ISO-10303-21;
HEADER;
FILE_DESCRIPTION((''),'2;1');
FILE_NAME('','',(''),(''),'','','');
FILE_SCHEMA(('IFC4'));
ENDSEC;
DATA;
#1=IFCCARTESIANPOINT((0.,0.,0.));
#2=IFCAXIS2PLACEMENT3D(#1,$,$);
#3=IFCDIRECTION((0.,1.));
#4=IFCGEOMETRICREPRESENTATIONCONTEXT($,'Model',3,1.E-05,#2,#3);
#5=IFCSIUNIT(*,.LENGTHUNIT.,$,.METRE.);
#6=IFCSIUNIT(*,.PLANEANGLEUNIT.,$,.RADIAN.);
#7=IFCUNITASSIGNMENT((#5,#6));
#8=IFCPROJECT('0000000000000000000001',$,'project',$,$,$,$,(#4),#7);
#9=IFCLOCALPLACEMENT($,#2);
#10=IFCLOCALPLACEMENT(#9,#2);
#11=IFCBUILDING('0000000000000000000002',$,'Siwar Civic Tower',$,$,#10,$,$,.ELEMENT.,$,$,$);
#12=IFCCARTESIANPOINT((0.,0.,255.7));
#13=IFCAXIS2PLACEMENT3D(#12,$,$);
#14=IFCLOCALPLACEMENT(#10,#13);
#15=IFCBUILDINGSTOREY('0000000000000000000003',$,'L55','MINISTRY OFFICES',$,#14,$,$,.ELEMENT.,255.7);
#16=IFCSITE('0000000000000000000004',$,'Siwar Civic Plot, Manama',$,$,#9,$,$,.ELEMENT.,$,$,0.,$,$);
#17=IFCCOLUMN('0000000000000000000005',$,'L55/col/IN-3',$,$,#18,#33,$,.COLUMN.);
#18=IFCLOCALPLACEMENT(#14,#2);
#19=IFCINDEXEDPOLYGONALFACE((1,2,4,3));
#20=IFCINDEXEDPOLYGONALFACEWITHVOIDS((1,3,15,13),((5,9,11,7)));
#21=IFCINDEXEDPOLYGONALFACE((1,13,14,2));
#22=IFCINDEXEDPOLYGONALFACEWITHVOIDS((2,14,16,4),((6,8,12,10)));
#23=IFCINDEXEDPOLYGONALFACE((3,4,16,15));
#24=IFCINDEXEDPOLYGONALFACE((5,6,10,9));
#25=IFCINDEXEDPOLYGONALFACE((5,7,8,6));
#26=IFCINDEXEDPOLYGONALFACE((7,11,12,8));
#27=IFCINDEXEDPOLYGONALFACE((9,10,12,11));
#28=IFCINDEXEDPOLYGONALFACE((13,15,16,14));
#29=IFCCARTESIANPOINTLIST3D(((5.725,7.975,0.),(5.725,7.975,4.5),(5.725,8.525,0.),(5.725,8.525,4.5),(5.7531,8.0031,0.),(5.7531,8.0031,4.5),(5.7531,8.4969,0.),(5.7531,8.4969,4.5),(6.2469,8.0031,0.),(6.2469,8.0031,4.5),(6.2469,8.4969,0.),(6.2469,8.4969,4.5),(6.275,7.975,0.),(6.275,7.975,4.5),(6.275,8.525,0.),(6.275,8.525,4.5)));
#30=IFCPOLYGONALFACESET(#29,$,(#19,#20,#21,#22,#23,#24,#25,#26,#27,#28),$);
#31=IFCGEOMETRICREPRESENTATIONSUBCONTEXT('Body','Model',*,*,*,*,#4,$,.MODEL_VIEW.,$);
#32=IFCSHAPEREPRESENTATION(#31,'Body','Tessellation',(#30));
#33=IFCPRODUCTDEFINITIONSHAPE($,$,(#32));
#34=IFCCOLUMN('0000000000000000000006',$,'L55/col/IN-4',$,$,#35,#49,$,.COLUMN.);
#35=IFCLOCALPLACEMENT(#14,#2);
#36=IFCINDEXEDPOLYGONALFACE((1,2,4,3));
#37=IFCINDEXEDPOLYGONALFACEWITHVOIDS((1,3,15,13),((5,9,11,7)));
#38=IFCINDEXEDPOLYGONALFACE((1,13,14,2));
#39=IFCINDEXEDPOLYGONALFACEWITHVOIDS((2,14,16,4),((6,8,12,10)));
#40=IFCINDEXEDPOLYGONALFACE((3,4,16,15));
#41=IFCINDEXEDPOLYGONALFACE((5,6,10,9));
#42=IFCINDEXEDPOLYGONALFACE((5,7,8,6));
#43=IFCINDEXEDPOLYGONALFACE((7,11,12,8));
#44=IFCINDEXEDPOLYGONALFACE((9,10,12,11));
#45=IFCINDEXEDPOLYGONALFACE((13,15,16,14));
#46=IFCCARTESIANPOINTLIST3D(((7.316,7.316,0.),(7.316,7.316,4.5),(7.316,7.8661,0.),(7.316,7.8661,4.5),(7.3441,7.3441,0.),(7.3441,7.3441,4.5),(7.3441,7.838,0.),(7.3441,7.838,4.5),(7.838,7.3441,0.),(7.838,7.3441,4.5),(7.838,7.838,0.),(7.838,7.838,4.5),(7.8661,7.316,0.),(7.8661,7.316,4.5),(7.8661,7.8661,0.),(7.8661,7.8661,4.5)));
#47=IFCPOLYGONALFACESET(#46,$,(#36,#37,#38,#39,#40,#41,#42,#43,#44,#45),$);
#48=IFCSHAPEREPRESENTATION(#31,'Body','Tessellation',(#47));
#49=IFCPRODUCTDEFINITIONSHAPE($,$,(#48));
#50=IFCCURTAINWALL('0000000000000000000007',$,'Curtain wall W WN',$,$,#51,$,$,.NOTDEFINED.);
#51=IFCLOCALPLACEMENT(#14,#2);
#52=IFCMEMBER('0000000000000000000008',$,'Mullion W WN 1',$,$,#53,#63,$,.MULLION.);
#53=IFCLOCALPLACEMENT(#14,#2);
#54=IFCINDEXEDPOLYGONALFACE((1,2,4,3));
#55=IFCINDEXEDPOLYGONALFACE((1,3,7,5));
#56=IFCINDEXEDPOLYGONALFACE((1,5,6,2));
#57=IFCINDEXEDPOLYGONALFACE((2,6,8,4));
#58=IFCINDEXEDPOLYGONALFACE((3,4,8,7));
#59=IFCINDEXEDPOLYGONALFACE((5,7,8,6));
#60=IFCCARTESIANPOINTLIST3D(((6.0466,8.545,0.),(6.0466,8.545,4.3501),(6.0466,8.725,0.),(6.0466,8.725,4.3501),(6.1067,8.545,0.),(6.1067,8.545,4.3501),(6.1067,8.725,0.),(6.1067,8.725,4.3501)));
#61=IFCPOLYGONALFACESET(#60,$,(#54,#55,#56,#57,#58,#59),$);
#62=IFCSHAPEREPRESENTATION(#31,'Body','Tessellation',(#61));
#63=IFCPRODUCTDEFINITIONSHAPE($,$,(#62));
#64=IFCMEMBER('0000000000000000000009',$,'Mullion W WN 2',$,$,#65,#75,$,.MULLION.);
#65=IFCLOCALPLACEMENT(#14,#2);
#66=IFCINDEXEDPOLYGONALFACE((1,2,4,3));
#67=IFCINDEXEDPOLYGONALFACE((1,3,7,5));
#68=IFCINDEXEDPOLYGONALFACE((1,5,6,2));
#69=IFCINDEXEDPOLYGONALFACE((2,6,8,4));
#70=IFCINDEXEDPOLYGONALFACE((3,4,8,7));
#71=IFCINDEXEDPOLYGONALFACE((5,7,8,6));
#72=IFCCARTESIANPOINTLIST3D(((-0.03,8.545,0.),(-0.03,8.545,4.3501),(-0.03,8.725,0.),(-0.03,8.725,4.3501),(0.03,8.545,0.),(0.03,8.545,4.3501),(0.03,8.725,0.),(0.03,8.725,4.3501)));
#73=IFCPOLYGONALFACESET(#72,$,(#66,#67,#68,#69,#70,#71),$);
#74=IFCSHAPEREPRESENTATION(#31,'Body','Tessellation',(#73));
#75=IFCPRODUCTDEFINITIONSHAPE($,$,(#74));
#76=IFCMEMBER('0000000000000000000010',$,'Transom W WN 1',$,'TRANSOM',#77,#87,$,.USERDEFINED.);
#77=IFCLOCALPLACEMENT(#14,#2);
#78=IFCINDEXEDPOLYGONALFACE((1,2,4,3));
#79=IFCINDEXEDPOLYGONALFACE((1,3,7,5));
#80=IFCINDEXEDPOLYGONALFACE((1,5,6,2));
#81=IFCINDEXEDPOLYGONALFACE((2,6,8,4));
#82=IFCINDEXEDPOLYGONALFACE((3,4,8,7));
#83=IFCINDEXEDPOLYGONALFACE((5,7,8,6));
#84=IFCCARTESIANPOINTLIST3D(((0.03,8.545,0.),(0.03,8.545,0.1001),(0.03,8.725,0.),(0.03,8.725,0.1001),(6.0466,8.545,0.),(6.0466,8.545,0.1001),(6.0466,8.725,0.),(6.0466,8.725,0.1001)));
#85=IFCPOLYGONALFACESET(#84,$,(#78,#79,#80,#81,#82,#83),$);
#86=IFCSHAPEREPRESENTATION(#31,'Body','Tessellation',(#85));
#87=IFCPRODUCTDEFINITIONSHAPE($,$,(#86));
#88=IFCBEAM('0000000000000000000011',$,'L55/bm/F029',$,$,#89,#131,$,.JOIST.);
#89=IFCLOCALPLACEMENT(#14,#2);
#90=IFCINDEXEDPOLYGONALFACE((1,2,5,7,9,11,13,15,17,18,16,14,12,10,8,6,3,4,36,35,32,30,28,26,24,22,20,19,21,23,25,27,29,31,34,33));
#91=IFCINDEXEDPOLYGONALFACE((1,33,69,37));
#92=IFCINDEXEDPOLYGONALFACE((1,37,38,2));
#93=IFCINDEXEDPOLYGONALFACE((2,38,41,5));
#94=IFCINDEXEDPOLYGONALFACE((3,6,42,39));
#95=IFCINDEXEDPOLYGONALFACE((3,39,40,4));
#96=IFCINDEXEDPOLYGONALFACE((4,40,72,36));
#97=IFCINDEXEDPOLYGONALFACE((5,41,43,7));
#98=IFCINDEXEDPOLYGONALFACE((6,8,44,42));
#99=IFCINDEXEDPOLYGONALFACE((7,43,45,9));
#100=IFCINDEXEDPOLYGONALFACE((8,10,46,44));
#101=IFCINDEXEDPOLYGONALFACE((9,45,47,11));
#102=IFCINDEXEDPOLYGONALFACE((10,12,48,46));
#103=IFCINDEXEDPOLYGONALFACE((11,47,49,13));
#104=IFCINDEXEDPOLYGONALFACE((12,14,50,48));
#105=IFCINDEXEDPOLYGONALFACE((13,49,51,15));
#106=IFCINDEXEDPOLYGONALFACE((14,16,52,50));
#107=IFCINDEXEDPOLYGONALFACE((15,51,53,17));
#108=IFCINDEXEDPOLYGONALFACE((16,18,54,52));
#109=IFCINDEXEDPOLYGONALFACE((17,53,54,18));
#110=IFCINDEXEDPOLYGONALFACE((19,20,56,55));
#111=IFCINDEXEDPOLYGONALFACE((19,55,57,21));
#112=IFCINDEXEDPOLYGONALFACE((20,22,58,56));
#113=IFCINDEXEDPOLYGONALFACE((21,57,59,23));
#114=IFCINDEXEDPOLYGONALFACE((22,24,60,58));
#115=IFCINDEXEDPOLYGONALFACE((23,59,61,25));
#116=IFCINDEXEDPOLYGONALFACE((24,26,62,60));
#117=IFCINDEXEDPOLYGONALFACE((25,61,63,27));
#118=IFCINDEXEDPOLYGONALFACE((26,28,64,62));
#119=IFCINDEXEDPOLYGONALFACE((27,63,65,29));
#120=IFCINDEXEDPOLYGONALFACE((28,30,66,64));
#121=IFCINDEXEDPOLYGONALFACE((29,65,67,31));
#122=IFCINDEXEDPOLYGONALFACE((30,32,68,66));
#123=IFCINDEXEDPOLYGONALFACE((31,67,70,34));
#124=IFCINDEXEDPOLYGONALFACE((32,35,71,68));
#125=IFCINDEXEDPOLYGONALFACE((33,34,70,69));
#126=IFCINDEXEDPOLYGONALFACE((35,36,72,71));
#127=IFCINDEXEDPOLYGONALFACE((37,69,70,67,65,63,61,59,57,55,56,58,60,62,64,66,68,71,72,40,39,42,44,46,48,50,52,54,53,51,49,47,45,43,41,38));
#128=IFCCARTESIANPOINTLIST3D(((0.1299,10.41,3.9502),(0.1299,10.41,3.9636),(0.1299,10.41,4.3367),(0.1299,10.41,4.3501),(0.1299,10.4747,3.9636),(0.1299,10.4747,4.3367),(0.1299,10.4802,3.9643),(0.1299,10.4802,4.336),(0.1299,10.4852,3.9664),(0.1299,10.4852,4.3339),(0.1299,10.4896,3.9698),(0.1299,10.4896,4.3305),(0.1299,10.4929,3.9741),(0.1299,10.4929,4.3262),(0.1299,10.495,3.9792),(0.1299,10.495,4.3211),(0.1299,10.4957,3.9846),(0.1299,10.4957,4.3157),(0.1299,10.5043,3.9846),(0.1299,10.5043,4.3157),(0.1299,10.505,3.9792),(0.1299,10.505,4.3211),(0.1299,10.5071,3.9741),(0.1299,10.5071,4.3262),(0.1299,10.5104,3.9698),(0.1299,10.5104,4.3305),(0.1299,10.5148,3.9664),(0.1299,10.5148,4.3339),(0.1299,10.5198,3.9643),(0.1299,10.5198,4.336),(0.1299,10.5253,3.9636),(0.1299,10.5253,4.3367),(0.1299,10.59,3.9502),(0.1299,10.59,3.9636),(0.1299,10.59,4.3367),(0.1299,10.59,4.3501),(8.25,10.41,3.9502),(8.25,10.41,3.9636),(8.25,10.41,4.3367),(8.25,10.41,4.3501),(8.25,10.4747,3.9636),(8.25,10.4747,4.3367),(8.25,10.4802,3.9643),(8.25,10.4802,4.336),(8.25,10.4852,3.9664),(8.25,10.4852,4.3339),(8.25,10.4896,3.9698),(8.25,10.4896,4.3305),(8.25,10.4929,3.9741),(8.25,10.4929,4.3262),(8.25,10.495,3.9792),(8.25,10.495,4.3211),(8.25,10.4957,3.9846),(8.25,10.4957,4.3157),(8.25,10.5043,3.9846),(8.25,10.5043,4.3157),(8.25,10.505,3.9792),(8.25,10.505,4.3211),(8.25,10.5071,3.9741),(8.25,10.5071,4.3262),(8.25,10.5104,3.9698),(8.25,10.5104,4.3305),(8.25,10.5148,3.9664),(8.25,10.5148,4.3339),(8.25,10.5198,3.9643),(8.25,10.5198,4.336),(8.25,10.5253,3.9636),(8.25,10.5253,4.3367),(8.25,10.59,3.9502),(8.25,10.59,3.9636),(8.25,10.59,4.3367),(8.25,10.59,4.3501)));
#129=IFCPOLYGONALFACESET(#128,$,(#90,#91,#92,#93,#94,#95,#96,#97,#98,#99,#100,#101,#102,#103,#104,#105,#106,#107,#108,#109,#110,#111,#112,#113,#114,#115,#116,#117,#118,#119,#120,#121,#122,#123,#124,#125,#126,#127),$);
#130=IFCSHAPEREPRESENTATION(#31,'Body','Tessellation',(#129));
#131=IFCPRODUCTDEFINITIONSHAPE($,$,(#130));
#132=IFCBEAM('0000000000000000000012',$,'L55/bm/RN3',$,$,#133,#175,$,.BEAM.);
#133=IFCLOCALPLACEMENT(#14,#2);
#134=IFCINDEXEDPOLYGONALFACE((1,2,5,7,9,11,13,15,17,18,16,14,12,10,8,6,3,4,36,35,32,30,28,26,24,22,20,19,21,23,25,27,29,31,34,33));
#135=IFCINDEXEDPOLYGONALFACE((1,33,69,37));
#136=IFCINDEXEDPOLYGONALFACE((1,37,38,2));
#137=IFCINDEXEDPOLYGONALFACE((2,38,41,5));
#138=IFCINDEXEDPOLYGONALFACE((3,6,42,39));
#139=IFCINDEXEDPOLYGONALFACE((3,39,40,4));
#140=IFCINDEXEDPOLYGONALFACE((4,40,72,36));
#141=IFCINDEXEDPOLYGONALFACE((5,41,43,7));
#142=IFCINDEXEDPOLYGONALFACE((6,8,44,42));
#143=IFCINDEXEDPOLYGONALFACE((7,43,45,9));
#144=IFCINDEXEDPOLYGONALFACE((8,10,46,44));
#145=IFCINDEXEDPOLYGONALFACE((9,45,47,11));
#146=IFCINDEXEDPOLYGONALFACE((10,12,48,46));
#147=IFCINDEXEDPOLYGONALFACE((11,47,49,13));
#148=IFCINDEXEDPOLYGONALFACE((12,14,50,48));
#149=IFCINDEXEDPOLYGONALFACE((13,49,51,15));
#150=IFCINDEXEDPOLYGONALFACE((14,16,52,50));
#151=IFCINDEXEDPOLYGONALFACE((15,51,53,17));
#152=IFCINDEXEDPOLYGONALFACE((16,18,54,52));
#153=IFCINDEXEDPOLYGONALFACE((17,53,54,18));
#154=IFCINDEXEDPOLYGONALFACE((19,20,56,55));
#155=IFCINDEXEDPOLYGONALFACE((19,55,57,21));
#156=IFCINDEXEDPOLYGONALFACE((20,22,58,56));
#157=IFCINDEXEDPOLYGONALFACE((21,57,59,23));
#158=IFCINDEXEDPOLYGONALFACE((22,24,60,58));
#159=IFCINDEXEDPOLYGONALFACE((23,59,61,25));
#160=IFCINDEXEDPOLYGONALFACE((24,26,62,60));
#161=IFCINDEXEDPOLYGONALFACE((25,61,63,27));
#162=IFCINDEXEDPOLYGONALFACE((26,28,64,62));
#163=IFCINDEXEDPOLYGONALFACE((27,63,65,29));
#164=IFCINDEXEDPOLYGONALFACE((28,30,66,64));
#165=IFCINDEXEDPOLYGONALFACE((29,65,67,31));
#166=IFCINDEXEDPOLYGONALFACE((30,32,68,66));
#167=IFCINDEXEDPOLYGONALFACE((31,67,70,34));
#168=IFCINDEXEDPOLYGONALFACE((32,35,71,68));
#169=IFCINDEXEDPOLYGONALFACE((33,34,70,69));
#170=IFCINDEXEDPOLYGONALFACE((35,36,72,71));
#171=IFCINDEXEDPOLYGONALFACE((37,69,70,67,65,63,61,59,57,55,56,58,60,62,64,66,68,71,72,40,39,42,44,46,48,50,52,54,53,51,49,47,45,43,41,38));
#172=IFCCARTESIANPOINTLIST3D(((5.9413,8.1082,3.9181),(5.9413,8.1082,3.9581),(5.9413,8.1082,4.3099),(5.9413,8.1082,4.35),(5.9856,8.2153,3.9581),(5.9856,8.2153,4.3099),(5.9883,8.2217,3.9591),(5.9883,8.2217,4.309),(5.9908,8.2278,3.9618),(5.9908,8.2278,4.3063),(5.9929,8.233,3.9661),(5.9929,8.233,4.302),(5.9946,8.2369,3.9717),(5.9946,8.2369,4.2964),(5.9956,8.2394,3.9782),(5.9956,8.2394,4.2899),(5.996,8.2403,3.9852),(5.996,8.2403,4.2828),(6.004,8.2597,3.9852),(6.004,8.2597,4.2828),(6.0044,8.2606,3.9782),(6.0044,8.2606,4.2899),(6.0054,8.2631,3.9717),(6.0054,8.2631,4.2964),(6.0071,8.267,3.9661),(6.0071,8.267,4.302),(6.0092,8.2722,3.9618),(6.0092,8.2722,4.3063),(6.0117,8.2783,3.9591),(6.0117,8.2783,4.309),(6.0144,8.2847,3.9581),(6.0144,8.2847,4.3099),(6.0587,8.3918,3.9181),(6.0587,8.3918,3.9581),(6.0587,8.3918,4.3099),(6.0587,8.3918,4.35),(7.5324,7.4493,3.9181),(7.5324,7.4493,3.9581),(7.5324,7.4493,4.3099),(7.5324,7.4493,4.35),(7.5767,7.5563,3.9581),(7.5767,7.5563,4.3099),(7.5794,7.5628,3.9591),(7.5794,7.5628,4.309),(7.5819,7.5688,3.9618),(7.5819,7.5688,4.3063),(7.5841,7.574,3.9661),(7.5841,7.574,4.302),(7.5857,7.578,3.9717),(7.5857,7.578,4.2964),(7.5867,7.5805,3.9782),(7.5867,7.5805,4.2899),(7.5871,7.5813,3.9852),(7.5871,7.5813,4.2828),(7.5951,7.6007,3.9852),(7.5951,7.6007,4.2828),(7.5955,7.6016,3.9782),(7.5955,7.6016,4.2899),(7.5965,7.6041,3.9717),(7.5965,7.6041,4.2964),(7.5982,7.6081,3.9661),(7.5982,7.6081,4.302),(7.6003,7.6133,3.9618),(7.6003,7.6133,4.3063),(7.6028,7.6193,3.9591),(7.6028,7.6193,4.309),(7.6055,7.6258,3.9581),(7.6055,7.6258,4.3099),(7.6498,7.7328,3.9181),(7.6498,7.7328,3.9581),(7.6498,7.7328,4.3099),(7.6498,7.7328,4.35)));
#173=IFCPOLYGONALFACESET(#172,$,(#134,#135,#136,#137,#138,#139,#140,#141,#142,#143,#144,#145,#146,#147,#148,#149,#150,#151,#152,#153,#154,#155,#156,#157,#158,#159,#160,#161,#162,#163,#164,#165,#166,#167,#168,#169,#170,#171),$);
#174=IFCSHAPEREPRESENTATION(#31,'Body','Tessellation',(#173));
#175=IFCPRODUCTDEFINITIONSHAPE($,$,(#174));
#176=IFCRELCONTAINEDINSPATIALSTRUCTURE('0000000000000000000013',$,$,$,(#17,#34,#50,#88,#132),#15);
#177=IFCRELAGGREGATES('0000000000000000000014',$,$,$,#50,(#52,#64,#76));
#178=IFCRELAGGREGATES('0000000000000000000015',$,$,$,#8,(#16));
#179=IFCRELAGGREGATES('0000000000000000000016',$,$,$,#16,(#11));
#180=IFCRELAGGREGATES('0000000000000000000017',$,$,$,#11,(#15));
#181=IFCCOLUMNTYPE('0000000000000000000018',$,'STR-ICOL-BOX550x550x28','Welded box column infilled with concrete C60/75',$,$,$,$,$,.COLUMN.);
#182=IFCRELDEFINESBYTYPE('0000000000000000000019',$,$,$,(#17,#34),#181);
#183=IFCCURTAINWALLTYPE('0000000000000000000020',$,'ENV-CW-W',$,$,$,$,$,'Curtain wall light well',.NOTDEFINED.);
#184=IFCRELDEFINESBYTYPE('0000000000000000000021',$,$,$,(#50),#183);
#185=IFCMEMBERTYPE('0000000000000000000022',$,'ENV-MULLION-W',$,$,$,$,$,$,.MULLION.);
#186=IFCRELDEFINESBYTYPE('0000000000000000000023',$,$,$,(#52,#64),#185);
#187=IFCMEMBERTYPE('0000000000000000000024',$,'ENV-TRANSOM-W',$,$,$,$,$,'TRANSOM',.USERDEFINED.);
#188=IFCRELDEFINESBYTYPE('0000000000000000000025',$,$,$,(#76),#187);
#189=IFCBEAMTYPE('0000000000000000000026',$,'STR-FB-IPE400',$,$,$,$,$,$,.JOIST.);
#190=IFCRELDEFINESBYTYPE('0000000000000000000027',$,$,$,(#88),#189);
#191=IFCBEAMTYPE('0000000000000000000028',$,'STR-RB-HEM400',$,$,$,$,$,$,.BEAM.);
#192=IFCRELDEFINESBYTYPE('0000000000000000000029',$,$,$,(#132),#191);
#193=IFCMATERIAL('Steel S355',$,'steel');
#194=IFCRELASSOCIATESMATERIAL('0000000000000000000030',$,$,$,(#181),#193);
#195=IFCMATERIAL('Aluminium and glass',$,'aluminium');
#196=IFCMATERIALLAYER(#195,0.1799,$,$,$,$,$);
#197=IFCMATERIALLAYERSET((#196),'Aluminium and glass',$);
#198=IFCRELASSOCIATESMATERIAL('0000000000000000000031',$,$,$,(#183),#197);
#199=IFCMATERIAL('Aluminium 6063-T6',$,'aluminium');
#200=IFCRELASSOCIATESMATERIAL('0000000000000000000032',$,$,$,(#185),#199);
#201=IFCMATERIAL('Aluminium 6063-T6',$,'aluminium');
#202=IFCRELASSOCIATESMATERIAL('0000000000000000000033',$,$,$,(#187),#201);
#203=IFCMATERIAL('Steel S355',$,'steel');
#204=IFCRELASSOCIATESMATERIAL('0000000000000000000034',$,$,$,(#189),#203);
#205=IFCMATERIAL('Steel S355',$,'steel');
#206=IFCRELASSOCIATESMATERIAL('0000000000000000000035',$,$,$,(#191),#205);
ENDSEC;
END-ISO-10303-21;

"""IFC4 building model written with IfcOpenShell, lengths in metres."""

from ifc_helpers import new_model, si_unit, direction, frame, origin, origin_2d, place, context, subcontext, project, spatial, rectangle, hollow_rectangle, i_section, extrude, material, layer, layer_set, material_profile, profile_set, type_object, element, aggregate, save


model = new_model("IFC4")

# Units and contexts
model_context = context("Model", 3, precision=1e-05, world=origin(), true_north=direction((0.0, 1.0)))
body_context = subcontext(model_context, "Body", "Model", "MODEL_VIEW")
ifc_project = project(units=[si_unit("LENGTHUNIT", "METRE"), si_unit("PLANEANGLEUNIT", "RADIAN")], contexts=[model_context])

# Site, building, storey
site_placement = place(None, origin())
site = spatial("IfcSite", under=ifc_project, at=site_placement, Name="Siwar Civic Plot, Manama", CompositionType="ELEMENT", RefElevation=0.0)
building_placement = place(site_placement, origin())
building = spatial("IfcBuilding", under=site, at=building_placement, Name="Siwar Civic Tower", CompositionType="ELEMENT")
storey_placement = place(building_placement, frame((0.0, 0.0, 255.7)))
storey = spatial("IfcBuildingStorey", under=building, at=storey_placement, Name="L55", Description="MINISTRY OFFICES", CompositionType="ELEMENT", Elevation=255.7)

# Columns
ifc_material_1 = material(Name="Steel S355", Category="steel")
ifc_material_profile_1 = material_profile(ifc_material_1, hollow_rectangle(XDim=0.55, YDim=0.55, WallThickness=0.0281, at=origin_2d()), Name="BOX550x550x28")
ifc_profile_set_1 = profile_set([ifc_material_profile_1], Name="Steel S355")
column_type = type_object("IfcColumnType", Name="STR-ICOL-BOX550x550x28", Description="Welded box column infilled with concrete C60/75", PredefinedType="COLUMN", material=ifc_profile_set_1)
for number, where, z_axis, x_axis, name in (
    (1, (6.0, 8.25, 0.0), (0.0, 0.0, 1.0), (1.0, 0.0, 0.0), "L55/col/IN-3"),
    (2, (7.5911, 7.5911, 0.0), (0.0, 0.0, 1.0), (1.0, 0.0, 0.0), "L55/col/IN-4"),
):
    element("IfcColumn", number, at=place(storey_placement, frame(where, z_axis=z_axis, x_axis=x_axis)), inside=storey, type_object=column_type, Name=name, PredefinedType="COLUMN", context=body_context, shape_type="SweptSolid", body=[
        extrude(hollow_rectangle(XDim=0.55, YDim=0.55, WallThickness=0.0281, at=origin_2d()), origin(), (0.0, 0.0, 1.0), 4.5),
    ])

# Curtain wall, members
ifc_material_2 = material(Name="Aluminium and glass", Category="aluminium")
ifc_layer_1 = layer(ifc_material_2, 0.1799)
ifc_layer_set_1 = layer_set([ifc_layer_1], Name="Aluminium and glass")
curtain_wall_type = type_object("IfcCurtainWallType", Name="ENV-CW-W", ElementType="Curtain wall light well", PredefinedType="NOTDEFINED", material=ifc_layer_set_1)
curtain_wall_placement = place(storey_placement, origin())
curtain_wall = element("IfcCurtainWall", 3, at=curtain_wall_placement, inside=storey, type_object=curtain_wall_type, Name="Curtain wall W WN", PredefinedType="NOTDEFINED")
ifc_material_3 = material(Name="Aluminium 6063-T6", Category="aluminium")
ifc_material_profile_2 = material_profile(ifc_material_3, rectangle(XDim=0.1799, YDim=0.0601, at=origin_2d()), Name="AL 180x60")
ifc_profile_set_2 = profile_set([ifc_material_profile_2], Name="Aluminium 6063-T6")
member_type_1 = type_object("IfcMemberType", Name="ENV-MULLION-W", PredefinedType="MULLION", material=ifc_profile_set_2)
member_1_placement = place(storey_placement, frame((6.0767, 8.635, 0.0), z_axis=(0.0, 0.0, 1.0), x_axis=(0.0, -1.0, 0.0)))
member_1 = element("IfcMember", 4, at=member_1_placement, type_object=member_type_1, Name="Mullion W WN 1", PredefinedType="MULLION", context=body_context, shape_type="SweptSolid", body=[
    extrude(rectangle(XDim=0.1799, YDim=0.0601, at=origin_2d()), origin(), (0.0, 0.0, 1.0), 4.3501),
])
member_2_placement = place(storey_placement, frame((0.0, 8.635, 0.0), z_axis=(0.0, 0.0, 1.0), x_axis=(0.0, -1.0, 0.0)))
member_2 = element("IfcMember", 5, at=member_2_placement, type_object=member_type_1, Name="Mullion W WN 2", PredefinedType="MULLION", context=body_context, shape_type="SweptSolid", body=[
    extrude(rectangle(XDim=0.1799, YDim=0.0601, at=origin_2d()), origin(), (0.0, 0.0, 1.0), 4.3501),
])
ifc_material_4 = material(Name="Aluminium 6063-T6", Category="aluminium")
ifc_material_profile_3 = material_profile(ifc_material_4, rectangle(XDim=0.1799, YDim=0.1001, at=origin_2d()), Name="AL 180x100")
ifc_profile_set_3 = profile_set([ifc_material_profile_3], Name="Aluminium 6063-T6")
member_type_2 = type_object("IfcMemberType", Name="ENV-TRANSOM-W", ElementType="TRANSOM", PredefinedType="USERDEFINED", material=ifc_profile_set_3)
member_3_placement = place(storey_placement, frame((6.0466, 8.635, 0.05), z_axis=(-1.0, 0.0, 0.0), x_axis=(0.0, -1.0, 0.0)))
member_3 = element("IfcMember", 6, at=member_3_placement, type_object=member_type_2, Name="Transom W WN 1", ObjectType="TRANSOM", PredefinedType="USERDEFINED", context=body_context, shape_type="SweptSolid", body=[
    extrude(rectangle(XDim=0.1799, YDim=0.1001, at=origin_2d()), origin(), (0.0, 0.0, 1.0), 6.0166),
])

# Beams
ifc_material_5 = material(Name="Steel S355", Category="steel")
ifc_material_profile_4 = material_profile(ifc_material_5, i_section(OverallWidth=0.1799, OverallDepth=0.3999, WebThickness=0.0085, FlangeThickness=0.0134, FilletRadius=0.021, at=origin_2d()), Name="IPE400")
ifc_profile_set_4 = profile_set([ifc_material_profile_4], Name="Steel S355")
beam_type_1 = type_object("IfcBeamType", Name="STR-FB-IPE400", PredefinedType="JOIST", material=ifc_profile_set_4)
beam_placement = place(storey_placement, frame((0.1299, 10.5, 4.1501), z_axis=(1.0, 0.0, 0.0), x_axis=(0.0, 1.0, 0.0)))
element("IfcBeam", 7, at=beam_placement, inside=storey, type_object=beam_type_1, Name="L55/bm/F029", PredefinedType="JOIST", context=body_context, shape_type="SweptSolid", body=[
    extrude(i_section(OverallWidth=0.1799, OverallDepth=0.3999, WebThickness=0.0085, FlangeThickness=0.0134, FilletRadius=0.021, at=origin_2d()), origin(), (0.0, 0.0, 1.0), 8.1201),
])
ifc_material_6 = material(Name="Steel S355", Category="steel")
ifc_material_profile_5 = material_profile(ifc_material_6, i_section(OverallWidth=0.3069, OverallDepth=0.4319, WebThickness=0.021, FlangeThickness=0.04, FilletRadius=0.0271, at=origin_2d()), Name="HEM400")
ifc_profile_set_5 = profile_set([ifc_material_profile_5], Name="Steel S355")
beam_type_2 = type_object("IfcBeamType", Name="STR-RB-HEM400", PredefinedType="BEAM", material=ifc_profile_set_5)
for number, where, z_axis, x_axis, name in (
    (8, (6.0, 8.25, 4.134), (0.923901, -0.382631, 0.0), (0.382631, 0.923901, 0.0), "L55/bm/RN3"),
):
    element("IfcBeam", number, at=place(storey_placement, frame(where, z_axis=z_axis, x_axis=x_axis)), inside=storey, type_object=beam_type_2, Name=name, PredefinedType="BEAM", context=body_context, shape_type="SweptSolid", body=[
        extrude(i_section(OverallWidth=0.3069, OverallDepth=0.4319, WebThickness=0.021, FlangeThickness=0.04, FilletRadius=0.0271, at=origin_2d()), origin(), (0.0, 0.0, 1.0), 1.7222),
    ])

aggregate(curtain_wall, [member_1, member_2, member_3])

save(model, "model.ifc")
